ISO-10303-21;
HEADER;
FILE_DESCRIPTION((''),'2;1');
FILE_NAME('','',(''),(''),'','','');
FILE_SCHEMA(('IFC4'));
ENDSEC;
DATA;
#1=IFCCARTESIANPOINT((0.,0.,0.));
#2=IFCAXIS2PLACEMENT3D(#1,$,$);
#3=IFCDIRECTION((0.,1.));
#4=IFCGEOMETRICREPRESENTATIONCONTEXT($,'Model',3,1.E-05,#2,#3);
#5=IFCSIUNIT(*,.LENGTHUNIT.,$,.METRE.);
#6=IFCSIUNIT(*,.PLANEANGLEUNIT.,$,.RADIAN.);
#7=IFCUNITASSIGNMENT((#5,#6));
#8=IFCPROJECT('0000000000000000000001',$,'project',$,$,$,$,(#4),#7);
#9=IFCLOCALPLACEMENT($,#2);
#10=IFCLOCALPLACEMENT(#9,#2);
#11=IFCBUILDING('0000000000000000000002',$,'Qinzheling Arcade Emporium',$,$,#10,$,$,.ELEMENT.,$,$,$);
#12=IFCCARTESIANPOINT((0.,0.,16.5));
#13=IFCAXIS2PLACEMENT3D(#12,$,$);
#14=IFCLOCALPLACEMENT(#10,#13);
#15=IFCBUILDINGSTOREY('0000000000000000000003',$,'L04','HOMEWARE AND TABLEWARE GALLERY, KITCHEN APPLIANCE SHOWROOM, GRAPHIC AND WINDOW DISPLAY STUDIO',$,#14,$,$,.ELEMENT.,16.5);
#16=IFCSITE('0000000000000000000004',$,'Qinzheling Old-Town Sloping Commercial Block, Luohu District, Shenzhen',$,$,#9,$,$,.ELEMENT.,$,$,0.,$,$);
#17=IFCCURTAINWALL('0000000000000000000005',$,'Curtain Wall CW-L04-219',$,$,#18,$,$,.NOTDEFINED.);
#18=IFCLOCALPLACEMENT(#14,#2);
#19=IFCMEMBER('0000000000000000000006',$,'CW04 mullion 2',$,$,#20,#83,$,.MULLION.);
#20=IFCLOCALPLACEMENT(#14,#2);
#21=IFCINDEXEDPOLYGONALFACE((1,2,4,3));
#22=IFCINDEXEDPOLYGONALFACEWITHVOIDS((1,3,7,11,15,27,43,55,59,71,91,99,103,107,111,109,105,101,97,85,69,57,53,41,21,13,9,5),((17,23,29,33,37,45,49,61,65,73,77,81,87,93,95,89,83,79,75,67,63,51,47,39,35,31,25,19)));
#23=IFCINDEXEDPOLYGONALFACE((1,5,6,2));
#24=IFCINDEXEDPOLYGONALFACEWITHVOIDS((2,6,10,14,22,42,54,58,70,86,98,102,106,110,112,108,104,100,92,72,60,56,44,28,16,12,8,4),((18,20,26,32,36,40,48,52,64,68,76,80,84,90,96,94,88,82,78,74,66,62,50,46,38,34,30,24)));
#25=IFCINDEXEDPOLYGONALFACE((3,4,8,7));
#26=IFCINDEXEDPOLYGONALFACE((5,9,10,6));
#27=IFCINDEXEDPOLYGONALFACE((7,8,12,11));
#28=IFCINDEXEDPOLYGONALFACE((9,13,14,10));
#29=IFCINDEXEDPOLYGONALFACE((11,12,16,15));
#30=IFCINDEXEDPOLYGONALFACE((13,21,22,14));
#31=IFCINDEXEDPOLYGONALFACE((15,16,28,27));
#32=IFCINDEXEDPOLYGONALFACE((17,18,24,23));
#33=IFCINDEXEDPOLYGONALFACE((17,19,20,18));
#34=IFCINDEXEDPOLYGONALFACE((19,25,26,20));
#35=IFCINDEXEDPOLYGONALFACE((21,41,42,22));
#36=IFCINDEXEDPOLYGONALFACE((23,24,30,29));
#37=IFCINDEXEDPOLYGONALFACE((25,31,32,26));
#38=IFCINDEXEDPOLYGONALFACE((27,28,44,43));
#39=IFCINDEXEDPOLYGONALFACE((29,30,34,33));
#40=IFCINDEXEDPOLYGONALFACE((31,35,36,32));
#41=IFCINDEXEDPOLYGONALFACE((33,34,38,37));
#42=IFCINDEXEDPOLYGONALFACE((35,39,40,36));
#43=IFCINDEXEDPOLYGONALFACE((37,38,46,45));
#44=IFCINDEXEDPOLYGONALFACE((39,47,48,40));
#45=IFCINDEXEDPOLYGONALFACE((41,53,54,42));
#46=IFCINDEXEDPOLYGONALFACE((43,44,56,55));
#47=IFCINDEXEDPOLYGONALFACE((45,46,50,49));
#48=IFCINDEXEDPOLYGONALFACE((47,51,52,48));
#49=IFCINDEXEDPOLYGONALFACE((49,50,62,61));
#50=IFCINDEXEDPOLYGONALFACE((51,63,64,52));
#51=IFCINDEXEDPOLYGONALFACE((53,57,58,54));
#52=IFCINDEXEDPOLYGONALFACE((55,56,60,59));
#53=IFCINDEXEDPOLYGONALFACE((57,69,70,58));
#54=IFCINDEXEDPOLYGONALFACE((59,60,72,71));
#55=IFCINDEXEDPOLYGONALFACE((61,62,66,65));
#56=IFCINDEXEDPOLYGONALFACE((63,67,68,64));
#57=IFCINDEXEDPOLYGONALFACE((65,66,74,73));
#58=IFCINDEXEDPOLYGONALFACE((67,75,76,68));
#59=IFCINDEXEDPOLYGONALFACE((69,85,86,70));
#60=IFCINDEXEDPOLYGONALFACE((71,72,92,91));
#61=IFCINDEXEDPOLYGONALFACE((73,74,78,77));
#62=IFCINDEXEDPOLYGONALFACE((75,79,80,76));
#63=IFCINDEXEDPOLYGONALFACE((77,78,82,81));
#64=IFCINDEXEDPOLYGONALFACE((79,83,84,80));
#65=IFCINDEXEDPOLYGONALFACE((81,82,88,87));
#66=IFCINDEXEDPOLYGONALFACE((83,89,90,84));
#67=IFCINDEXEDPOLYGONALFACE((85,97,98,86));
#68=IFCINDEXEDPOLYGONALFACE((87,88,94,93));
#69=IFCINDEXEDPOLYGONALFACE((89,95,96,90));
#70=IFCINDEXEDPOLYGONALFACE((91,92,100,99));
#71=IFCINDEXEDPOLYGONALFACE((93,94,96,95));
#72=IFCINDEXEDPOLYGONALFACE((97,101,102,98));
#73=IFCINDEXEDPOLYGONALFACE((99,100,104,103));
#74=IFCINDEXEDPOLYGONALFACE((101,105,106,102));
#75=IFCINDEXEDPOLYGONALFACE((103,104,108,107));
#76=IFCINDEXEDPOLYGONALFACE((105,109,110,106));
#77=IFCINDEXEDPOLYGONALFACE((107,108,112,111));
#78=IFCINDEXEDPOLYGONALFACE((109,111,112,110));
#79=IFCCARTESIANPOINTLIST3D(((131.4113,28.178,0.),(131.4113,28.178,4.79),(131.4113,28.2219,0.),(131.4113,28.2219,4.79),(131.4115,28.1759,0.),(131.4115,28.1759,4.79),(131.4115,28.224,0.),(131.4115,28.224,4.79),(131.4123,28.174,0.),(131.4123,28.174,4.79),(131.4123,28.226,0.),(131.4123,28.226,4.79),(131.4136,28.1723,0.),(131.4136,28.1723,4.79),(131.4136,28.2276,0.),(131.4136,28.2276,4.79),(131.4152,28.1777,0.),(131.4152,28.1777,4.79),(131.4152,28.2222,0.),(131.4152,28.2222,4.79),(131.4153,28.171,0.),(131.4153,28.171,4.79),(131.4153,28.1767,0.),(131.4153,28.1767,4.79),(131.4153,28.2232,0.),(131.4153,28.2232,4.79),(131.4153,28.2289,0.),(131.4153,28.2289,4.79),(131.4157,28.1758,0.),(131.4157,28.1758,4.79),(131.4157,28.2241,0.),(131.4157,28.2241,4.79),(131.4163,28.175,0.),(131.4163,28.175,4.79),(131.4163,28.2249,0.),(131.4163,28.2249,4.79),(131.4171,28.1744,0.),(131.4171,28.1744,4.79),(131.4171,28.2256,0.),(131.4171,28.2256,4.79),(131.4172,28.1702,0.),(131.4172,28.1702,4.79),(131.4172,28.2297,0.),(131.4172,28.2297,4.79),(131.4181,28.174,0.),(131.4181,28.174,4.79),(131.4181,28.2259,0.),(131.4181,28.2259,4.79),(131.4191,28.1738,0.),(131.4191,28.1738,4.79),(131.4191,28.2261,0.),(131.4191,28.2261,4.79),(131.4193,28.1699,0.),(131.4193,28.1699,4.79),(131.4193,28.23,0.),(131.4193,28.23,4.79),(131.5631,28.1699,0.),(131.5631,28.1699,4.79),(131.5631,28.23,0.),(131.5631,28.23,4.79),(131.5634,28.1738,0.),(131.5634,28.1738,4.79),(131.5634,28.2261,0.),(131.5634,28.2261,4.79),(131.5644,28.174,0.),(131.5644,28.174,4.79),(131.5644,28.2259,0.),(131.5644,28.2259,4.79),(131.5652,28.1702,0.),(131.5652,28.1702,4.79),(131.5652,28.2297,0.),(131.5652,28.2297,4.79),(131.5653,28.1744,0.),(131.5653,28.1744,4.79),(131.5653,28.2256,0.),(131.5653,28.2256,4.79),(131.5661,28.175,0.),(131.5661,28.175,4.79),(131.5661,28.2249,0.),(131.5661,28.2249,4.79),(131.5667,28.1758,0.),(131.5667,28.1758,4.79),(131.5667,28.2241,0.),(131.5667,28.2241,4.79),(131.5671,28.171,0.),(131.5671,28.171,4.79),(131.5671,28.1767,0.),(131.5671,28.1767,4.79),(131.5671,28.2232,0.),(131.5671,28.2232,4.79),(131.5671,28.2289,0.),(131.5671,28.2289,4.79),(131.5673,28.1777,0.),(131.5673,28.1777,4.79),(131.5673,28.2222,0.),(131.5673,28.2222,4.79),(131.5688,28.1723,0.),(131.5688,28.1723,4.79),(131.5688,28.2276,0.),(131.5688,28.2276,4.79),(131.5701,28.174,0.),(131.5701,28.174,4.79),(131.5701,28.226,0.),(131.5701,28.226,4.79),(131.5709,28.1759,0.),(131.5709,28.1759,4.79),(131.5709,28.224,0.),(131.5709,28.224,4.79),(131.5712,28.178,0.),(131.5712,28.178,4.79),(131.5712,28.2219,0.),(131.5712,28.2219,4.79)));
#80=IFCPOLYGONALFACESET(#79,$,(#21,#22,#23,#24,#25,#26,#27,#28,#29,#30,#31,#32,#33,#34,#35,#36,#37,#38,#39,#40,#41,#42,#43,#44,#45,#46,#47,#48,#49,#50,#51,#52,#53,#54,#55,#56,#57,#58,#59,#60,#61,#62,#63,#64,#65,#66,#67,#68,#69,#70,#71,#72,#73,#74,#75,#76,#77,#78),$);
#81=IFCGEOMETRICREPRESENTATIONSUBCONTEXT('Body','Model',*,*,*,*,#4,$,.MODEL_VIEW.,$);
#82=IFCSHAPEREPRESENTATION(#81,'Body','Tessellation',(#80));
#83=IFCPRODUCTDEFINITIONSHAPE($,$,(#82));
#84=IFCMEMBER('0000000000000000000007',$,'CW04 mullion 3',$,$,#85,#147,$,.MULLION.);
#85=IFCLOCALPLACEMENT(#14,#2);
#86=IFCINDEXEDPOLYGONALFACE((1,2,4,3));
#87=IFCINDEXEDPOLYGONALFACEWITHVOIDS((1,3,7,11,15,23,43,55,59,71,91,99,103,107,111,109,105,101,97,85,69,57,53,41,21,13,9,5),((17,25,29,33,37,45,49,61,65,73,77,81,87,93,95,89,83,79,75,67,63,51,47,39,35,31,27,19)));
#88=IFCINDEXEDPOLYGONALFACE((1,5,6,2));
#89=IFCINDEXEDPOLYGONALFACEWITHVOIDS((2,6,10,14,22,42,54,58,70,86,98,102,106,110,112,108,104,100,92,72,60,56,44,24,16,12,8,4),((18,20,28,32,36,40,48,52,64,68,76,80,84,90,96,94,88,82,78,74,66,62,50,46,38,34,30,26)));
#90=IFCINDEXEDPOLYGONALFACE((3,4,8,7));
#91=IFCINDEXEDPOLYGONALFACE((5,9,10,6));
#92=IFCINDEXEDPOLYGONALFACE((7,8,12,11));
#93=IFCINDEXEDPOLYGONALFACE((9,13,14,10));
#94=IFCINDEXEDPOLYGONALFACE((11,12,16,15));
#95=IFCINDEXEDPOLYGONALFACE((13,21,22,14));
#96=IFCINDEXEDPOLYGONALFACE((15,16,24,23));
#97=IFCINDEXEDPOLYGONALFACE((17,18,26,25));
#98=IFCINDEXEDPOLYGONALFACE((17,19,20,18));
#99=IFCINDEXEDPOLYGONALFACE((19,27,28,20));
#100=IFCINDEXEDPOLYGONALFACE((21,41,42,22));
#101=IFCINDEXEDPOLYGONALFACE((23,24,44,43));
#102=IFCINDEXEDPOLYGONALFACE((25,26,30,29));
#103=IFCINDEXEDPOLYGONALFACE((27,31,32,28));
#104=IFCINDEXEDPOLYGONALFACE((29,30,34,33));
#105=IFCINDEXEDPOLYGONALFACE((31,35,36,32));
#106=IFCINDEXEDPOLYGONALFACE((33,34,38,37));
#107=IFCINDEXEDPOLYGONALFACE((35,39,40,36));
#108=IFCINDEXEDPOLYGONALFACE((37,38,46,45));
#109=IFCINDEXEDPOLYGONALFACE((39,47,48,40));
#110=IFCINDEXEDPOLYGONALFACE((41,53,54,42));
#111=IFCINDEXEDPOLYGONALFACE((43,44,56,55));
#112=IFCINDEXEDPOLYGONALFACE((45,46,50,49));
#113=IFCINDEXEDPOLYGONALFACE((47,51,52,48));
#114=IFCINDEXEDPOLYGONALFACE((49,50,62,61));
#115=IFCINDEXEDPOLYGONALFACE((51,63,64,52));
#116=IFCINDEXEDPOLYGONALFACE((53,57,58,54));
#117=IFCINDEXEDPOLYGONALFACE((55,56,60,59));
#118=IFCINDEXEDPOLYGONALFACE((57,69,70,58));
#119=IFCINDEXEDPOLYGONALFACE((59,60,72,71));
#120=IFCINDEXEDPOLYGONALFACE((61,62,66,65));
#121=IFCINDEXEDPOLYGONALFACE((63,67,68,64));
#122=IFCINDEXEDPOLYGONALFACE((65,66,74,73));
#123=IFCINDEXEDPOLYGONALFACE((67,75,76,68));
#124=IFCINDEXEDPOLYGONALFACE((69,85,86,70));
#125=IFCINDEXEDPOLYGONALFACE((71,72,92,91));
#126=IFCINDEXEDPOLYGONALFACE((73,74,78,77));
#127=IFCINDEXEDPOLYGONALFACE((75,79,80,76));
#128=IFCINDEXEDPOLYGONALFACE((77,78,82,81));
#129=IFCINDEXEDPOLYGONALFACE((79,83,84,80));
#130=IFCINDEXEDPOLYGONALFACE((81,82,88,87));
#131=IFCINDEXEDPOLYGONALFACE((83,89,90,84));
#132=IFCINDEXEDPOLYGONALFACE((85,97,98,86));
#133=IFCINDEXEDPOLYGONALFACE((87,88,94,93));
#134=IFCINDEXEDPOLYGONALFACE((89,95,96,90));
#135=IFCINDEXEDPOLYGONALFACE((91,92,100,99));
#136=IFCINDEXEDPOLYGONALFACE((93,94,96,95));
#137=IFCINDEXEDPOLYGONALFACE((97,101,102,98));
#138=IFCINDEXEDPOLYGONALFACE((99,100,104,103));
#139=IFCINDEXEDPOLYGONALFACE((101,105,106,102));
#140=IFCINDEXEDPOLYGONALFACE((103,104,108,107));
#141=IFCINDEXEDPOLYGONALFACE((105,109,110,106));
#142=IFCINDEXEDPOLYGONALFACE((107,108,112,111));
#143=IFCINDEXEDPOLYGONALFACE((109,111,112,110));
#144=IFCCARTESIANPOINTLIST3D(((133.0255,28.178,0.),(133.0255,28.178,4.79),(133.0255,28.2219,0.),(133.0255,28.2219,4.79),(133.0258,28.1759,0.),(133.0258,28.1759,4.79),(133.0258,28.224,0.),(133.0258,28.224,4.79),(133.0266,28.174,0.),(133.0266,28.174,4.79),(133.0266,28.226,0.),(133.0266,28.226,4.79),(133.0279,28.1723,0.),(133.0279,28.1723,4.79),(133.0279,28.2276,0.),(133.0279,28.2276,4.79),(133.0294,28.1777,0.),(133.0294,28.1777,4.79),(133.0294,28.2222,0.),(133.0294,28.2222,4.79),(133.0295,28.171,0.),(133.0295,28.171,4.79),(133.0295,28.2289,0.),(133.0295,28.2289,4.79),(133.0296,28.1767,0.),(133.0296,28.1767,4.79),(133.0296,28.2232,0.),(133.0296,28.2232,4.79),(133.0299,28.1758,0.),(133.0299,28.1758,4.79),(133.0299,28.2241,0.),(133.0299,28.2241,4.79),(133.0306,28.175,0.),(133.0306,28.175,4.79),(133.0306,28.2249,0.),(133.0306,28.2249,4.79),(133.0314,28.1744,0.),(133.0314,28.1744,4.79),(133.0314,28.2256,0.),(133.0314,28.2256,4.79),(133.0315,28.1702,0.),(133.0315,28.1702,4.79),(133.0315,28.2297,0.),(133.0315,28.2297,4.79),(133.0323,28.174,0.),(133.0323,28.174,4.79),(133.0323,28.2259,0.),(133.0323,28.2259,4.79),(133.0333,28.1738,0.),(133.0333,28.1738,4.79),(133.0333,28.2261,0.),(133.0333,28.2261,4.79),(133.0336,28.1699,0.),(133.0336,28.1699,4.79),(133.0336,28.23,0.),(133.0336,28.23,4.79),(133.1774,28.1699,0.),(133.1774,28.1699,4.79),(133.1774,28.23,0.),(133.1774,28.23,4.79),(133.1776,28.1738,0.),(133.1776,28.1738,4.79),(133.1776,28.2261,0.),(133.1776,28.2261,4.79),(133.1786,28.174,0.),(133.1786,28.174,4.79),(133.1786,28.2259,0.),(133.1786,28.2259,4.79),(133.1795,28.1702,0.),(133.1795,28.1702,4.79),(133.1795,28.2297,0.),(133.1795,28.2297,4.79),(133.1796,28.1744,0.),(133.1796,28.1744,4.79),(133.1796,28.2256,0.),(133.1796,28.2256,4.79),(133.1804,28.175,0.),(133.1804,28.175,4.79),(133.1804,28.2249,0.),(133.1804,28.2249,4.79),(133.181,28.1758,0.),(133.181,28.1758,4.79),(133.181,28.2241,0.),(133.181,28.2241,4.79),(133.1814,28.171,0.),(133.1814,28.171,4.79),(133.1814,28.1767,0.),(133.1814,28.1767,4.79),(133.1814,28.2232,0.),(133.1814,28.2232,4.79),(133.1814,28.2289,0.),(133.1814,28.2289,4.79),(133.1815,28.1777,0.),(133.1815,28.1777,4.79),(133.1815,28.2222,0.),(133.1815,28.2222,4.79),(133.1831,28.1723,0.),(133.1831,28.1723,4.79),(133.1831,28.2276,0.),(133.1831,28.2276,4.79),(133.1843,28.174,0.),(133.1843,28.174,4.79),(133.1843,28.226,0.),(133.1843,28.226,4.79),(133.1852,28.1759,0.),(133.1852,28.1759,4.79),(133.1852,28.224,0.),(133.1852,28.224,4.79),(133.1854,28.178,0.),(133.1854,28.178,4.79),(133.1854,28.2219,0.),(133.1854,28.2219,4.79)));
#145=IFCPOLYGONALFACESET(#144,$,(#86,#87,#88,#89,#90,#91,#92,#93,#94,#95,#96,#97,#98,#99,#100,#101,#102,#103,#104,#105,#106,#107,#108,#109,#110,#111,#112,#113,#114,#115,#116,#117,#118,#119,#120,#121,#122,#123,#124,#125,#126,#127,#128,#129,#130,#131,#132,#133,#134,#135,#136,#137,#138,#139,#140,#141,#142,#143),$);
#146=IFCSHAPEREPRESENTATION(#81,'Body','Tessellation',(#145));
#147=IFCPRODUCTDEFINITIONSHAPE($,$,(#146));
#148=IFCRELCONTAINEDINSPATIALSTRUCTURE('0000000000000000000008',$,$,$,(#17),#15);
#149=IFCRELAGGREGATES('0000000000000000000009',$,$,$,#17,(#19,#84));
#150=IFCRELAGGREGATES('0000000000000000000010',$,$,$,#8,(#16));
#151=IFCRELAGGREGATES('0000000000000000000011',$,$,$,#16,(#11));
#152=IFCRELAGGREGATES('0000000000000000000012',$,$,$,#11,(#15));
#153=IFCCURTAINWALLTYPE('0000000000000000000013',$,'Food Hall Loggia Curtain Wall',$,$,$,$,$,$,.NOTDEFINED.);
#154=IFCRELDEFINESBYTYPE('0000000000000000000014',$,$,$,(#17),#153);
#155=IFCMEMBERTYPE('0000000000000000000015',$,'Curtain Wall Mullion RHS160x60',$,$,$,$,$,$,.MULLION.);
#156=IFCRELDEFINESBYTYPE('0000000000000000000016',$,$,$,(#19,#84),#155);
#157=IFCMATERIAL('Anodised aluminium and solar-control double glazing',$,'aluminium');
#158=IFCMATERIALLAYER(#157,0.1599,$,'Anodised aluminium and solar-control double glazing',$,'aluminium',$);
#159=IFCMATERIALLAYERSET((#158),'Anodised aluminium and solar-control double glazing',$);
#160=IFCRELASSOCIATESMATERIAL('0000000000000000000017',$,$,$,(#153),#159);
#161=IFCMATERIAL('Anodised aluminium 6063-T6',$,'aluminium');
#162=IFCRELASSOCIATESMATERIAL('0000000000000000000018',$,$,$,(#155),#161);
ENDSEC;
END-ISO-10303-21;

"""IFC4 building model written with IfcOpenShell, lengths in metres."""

from ifc_helpers import new_model, si_unit, direction, frame, origin, origin_2d, place, context, subcontext, project, spatial, hollow_rectangle, extrude, material, layer, layer_set, material_profile, profile_set, type_object, element, aggregate, save


model = new_model("IFC4")

# Units and contexts
model_context = context("Model", 3, precision=1e-05, world=origin(), true_north=direction((0.0, 1.0)))
body_context = subcontext(model_context, "Body", "Model", "MODEL_VIEW")
ifc_project = project(units=[si_unit("LENGTHUNIT", "METRE"), si_unit("PLANEANGLEUNIT", "RADIAN")], contexts=[model_context])

# Site, building, storey
site_placement = place(None, origin())
site = spatial("IfcSite", under=ifc_project, at=site_placement, Name="Qinzheling Old-Town Sloping Commercial Block, Luohu District, Shenzhen", CompositionType="ELEMENT", RefElevation=0.0)
building_placement = place(site_placement, origin())
building = spatial("IfcBuilding", under=site, at=building_placement, Name="Qinzheling Arcade Emporium", CompositionType="ELEMENT")
storey_placement = place(building_placement, frame((0.0, 0.0, 16.5)))
storey = spatial("IfcBuildingStorey", under=building, at=storey_placement, Name="L04", Description="HOMEWARE AND TABLEWARE GALLERY, KITCHEN APPLIANCE SHOWROOM, GRAPHIC AND WINDOW DISPLAY STUDIO", CompositionType="ELEMENT", Elevation=16.5)

# Curtain wall, members
ifc_material_1 = material(Name="Anodised aluminium and solar-control double glazing", Category="aluminium")
ifc_layer_1 = layer(ifc_material_1, 0.1599, Name="Anodised aluminium and solar-control double glazing", Category="aluminium")
ifc_layer_set_1 = layer_set([ifc_layer_1], Name="Anodised aluminium and solar-control double glazing")
curtain_wall_type = type_object("IfcCurtainWallType", Name="Food Hall Loggia Curtain Wall", PredefinedType="NOTDEFINED", material=ifc_layer_set_1)
curtain_wall_placement = place(storey_placement, origin())
curtain_wall = element("IfcCurtainWall", 1, at=curtain_wall_placement, inside=storey, type_object=curtain_wall_type, Name="Curtain Wall CW-L04-219", PredefinedType="NOTDEFINED")
ifc_material_2 = material(Name="Anodised aluminium 6063-T6", Category="aluminium")
ifc_material_profile_1 = material_profile(ifc_material_2, hollow_rectangle(XDim=0.0601, YDim=0.1599, WallThickness=0.0039, InnerFilletRadius=0.0039, OuterFilletRadius=0.0081, at=origin_2d()), Name="RHS 160x60x4", Category="aluminium")
ifc_profile_set_1 = profile_set([ifc_material_profile_1], Name="Anodised aluminium 6063-T6")
member_type_1 = type_object("IfcMemberType", Name="Curtain Wall Mullion RHS160x60", PredefinedType="MULLION", material=ifc_profile_set_1)
member_1_placement = place(storey_placement, frame((131.4912, 28.2, 0.0), z_axis=(0.0, 0.0, 1.0), x_axis=(0.0, 1.0, 0.0)))
member_1 = element("IfcMember", 2, at=member_1_placement, type_object=member_type_1, Name="CW04 mullion 2", PredefinedType="MULLION", context=body_context, shape_type="SweptSolid", body=[
    extrude(hollow_rectangle(XDim=0.0601, YDim=0.1599, WallThickness=0.0039, InnerFilletRadius=0.0039, OuterFilletRadius=0.0081, at=origin_2d()), origin(), (0.0, 0.0, 1.0), 4.79),
])
member_2_placement = place(storey_placement, frame((133.1055, 28.2, 0.0), z_axis=(0.0, 0.0, 1.0), x_axis=(0.0, 1.0, 0.0)))
member_2 = element("IfcMember", 3, at=member_2_placement, type_object=member_type_1, Name="CW04 mullion 3", PredefinedType="MULLION", context=body_context, shape_type="SweptSolid", body=[
    extrude(hollow_rectangle(XDim=0.0601, YDim=0.1599, WallThickness=0.0039, InnerFilletRadius=0.0039, OuterFilletRadius=0.0081, at=origin_2d()), origin(), (0.0, 0.0, 1.0), 4.79),
])

aggregate(curtain_wall, [member_1, member_2])

save(model, "model.ifc")
